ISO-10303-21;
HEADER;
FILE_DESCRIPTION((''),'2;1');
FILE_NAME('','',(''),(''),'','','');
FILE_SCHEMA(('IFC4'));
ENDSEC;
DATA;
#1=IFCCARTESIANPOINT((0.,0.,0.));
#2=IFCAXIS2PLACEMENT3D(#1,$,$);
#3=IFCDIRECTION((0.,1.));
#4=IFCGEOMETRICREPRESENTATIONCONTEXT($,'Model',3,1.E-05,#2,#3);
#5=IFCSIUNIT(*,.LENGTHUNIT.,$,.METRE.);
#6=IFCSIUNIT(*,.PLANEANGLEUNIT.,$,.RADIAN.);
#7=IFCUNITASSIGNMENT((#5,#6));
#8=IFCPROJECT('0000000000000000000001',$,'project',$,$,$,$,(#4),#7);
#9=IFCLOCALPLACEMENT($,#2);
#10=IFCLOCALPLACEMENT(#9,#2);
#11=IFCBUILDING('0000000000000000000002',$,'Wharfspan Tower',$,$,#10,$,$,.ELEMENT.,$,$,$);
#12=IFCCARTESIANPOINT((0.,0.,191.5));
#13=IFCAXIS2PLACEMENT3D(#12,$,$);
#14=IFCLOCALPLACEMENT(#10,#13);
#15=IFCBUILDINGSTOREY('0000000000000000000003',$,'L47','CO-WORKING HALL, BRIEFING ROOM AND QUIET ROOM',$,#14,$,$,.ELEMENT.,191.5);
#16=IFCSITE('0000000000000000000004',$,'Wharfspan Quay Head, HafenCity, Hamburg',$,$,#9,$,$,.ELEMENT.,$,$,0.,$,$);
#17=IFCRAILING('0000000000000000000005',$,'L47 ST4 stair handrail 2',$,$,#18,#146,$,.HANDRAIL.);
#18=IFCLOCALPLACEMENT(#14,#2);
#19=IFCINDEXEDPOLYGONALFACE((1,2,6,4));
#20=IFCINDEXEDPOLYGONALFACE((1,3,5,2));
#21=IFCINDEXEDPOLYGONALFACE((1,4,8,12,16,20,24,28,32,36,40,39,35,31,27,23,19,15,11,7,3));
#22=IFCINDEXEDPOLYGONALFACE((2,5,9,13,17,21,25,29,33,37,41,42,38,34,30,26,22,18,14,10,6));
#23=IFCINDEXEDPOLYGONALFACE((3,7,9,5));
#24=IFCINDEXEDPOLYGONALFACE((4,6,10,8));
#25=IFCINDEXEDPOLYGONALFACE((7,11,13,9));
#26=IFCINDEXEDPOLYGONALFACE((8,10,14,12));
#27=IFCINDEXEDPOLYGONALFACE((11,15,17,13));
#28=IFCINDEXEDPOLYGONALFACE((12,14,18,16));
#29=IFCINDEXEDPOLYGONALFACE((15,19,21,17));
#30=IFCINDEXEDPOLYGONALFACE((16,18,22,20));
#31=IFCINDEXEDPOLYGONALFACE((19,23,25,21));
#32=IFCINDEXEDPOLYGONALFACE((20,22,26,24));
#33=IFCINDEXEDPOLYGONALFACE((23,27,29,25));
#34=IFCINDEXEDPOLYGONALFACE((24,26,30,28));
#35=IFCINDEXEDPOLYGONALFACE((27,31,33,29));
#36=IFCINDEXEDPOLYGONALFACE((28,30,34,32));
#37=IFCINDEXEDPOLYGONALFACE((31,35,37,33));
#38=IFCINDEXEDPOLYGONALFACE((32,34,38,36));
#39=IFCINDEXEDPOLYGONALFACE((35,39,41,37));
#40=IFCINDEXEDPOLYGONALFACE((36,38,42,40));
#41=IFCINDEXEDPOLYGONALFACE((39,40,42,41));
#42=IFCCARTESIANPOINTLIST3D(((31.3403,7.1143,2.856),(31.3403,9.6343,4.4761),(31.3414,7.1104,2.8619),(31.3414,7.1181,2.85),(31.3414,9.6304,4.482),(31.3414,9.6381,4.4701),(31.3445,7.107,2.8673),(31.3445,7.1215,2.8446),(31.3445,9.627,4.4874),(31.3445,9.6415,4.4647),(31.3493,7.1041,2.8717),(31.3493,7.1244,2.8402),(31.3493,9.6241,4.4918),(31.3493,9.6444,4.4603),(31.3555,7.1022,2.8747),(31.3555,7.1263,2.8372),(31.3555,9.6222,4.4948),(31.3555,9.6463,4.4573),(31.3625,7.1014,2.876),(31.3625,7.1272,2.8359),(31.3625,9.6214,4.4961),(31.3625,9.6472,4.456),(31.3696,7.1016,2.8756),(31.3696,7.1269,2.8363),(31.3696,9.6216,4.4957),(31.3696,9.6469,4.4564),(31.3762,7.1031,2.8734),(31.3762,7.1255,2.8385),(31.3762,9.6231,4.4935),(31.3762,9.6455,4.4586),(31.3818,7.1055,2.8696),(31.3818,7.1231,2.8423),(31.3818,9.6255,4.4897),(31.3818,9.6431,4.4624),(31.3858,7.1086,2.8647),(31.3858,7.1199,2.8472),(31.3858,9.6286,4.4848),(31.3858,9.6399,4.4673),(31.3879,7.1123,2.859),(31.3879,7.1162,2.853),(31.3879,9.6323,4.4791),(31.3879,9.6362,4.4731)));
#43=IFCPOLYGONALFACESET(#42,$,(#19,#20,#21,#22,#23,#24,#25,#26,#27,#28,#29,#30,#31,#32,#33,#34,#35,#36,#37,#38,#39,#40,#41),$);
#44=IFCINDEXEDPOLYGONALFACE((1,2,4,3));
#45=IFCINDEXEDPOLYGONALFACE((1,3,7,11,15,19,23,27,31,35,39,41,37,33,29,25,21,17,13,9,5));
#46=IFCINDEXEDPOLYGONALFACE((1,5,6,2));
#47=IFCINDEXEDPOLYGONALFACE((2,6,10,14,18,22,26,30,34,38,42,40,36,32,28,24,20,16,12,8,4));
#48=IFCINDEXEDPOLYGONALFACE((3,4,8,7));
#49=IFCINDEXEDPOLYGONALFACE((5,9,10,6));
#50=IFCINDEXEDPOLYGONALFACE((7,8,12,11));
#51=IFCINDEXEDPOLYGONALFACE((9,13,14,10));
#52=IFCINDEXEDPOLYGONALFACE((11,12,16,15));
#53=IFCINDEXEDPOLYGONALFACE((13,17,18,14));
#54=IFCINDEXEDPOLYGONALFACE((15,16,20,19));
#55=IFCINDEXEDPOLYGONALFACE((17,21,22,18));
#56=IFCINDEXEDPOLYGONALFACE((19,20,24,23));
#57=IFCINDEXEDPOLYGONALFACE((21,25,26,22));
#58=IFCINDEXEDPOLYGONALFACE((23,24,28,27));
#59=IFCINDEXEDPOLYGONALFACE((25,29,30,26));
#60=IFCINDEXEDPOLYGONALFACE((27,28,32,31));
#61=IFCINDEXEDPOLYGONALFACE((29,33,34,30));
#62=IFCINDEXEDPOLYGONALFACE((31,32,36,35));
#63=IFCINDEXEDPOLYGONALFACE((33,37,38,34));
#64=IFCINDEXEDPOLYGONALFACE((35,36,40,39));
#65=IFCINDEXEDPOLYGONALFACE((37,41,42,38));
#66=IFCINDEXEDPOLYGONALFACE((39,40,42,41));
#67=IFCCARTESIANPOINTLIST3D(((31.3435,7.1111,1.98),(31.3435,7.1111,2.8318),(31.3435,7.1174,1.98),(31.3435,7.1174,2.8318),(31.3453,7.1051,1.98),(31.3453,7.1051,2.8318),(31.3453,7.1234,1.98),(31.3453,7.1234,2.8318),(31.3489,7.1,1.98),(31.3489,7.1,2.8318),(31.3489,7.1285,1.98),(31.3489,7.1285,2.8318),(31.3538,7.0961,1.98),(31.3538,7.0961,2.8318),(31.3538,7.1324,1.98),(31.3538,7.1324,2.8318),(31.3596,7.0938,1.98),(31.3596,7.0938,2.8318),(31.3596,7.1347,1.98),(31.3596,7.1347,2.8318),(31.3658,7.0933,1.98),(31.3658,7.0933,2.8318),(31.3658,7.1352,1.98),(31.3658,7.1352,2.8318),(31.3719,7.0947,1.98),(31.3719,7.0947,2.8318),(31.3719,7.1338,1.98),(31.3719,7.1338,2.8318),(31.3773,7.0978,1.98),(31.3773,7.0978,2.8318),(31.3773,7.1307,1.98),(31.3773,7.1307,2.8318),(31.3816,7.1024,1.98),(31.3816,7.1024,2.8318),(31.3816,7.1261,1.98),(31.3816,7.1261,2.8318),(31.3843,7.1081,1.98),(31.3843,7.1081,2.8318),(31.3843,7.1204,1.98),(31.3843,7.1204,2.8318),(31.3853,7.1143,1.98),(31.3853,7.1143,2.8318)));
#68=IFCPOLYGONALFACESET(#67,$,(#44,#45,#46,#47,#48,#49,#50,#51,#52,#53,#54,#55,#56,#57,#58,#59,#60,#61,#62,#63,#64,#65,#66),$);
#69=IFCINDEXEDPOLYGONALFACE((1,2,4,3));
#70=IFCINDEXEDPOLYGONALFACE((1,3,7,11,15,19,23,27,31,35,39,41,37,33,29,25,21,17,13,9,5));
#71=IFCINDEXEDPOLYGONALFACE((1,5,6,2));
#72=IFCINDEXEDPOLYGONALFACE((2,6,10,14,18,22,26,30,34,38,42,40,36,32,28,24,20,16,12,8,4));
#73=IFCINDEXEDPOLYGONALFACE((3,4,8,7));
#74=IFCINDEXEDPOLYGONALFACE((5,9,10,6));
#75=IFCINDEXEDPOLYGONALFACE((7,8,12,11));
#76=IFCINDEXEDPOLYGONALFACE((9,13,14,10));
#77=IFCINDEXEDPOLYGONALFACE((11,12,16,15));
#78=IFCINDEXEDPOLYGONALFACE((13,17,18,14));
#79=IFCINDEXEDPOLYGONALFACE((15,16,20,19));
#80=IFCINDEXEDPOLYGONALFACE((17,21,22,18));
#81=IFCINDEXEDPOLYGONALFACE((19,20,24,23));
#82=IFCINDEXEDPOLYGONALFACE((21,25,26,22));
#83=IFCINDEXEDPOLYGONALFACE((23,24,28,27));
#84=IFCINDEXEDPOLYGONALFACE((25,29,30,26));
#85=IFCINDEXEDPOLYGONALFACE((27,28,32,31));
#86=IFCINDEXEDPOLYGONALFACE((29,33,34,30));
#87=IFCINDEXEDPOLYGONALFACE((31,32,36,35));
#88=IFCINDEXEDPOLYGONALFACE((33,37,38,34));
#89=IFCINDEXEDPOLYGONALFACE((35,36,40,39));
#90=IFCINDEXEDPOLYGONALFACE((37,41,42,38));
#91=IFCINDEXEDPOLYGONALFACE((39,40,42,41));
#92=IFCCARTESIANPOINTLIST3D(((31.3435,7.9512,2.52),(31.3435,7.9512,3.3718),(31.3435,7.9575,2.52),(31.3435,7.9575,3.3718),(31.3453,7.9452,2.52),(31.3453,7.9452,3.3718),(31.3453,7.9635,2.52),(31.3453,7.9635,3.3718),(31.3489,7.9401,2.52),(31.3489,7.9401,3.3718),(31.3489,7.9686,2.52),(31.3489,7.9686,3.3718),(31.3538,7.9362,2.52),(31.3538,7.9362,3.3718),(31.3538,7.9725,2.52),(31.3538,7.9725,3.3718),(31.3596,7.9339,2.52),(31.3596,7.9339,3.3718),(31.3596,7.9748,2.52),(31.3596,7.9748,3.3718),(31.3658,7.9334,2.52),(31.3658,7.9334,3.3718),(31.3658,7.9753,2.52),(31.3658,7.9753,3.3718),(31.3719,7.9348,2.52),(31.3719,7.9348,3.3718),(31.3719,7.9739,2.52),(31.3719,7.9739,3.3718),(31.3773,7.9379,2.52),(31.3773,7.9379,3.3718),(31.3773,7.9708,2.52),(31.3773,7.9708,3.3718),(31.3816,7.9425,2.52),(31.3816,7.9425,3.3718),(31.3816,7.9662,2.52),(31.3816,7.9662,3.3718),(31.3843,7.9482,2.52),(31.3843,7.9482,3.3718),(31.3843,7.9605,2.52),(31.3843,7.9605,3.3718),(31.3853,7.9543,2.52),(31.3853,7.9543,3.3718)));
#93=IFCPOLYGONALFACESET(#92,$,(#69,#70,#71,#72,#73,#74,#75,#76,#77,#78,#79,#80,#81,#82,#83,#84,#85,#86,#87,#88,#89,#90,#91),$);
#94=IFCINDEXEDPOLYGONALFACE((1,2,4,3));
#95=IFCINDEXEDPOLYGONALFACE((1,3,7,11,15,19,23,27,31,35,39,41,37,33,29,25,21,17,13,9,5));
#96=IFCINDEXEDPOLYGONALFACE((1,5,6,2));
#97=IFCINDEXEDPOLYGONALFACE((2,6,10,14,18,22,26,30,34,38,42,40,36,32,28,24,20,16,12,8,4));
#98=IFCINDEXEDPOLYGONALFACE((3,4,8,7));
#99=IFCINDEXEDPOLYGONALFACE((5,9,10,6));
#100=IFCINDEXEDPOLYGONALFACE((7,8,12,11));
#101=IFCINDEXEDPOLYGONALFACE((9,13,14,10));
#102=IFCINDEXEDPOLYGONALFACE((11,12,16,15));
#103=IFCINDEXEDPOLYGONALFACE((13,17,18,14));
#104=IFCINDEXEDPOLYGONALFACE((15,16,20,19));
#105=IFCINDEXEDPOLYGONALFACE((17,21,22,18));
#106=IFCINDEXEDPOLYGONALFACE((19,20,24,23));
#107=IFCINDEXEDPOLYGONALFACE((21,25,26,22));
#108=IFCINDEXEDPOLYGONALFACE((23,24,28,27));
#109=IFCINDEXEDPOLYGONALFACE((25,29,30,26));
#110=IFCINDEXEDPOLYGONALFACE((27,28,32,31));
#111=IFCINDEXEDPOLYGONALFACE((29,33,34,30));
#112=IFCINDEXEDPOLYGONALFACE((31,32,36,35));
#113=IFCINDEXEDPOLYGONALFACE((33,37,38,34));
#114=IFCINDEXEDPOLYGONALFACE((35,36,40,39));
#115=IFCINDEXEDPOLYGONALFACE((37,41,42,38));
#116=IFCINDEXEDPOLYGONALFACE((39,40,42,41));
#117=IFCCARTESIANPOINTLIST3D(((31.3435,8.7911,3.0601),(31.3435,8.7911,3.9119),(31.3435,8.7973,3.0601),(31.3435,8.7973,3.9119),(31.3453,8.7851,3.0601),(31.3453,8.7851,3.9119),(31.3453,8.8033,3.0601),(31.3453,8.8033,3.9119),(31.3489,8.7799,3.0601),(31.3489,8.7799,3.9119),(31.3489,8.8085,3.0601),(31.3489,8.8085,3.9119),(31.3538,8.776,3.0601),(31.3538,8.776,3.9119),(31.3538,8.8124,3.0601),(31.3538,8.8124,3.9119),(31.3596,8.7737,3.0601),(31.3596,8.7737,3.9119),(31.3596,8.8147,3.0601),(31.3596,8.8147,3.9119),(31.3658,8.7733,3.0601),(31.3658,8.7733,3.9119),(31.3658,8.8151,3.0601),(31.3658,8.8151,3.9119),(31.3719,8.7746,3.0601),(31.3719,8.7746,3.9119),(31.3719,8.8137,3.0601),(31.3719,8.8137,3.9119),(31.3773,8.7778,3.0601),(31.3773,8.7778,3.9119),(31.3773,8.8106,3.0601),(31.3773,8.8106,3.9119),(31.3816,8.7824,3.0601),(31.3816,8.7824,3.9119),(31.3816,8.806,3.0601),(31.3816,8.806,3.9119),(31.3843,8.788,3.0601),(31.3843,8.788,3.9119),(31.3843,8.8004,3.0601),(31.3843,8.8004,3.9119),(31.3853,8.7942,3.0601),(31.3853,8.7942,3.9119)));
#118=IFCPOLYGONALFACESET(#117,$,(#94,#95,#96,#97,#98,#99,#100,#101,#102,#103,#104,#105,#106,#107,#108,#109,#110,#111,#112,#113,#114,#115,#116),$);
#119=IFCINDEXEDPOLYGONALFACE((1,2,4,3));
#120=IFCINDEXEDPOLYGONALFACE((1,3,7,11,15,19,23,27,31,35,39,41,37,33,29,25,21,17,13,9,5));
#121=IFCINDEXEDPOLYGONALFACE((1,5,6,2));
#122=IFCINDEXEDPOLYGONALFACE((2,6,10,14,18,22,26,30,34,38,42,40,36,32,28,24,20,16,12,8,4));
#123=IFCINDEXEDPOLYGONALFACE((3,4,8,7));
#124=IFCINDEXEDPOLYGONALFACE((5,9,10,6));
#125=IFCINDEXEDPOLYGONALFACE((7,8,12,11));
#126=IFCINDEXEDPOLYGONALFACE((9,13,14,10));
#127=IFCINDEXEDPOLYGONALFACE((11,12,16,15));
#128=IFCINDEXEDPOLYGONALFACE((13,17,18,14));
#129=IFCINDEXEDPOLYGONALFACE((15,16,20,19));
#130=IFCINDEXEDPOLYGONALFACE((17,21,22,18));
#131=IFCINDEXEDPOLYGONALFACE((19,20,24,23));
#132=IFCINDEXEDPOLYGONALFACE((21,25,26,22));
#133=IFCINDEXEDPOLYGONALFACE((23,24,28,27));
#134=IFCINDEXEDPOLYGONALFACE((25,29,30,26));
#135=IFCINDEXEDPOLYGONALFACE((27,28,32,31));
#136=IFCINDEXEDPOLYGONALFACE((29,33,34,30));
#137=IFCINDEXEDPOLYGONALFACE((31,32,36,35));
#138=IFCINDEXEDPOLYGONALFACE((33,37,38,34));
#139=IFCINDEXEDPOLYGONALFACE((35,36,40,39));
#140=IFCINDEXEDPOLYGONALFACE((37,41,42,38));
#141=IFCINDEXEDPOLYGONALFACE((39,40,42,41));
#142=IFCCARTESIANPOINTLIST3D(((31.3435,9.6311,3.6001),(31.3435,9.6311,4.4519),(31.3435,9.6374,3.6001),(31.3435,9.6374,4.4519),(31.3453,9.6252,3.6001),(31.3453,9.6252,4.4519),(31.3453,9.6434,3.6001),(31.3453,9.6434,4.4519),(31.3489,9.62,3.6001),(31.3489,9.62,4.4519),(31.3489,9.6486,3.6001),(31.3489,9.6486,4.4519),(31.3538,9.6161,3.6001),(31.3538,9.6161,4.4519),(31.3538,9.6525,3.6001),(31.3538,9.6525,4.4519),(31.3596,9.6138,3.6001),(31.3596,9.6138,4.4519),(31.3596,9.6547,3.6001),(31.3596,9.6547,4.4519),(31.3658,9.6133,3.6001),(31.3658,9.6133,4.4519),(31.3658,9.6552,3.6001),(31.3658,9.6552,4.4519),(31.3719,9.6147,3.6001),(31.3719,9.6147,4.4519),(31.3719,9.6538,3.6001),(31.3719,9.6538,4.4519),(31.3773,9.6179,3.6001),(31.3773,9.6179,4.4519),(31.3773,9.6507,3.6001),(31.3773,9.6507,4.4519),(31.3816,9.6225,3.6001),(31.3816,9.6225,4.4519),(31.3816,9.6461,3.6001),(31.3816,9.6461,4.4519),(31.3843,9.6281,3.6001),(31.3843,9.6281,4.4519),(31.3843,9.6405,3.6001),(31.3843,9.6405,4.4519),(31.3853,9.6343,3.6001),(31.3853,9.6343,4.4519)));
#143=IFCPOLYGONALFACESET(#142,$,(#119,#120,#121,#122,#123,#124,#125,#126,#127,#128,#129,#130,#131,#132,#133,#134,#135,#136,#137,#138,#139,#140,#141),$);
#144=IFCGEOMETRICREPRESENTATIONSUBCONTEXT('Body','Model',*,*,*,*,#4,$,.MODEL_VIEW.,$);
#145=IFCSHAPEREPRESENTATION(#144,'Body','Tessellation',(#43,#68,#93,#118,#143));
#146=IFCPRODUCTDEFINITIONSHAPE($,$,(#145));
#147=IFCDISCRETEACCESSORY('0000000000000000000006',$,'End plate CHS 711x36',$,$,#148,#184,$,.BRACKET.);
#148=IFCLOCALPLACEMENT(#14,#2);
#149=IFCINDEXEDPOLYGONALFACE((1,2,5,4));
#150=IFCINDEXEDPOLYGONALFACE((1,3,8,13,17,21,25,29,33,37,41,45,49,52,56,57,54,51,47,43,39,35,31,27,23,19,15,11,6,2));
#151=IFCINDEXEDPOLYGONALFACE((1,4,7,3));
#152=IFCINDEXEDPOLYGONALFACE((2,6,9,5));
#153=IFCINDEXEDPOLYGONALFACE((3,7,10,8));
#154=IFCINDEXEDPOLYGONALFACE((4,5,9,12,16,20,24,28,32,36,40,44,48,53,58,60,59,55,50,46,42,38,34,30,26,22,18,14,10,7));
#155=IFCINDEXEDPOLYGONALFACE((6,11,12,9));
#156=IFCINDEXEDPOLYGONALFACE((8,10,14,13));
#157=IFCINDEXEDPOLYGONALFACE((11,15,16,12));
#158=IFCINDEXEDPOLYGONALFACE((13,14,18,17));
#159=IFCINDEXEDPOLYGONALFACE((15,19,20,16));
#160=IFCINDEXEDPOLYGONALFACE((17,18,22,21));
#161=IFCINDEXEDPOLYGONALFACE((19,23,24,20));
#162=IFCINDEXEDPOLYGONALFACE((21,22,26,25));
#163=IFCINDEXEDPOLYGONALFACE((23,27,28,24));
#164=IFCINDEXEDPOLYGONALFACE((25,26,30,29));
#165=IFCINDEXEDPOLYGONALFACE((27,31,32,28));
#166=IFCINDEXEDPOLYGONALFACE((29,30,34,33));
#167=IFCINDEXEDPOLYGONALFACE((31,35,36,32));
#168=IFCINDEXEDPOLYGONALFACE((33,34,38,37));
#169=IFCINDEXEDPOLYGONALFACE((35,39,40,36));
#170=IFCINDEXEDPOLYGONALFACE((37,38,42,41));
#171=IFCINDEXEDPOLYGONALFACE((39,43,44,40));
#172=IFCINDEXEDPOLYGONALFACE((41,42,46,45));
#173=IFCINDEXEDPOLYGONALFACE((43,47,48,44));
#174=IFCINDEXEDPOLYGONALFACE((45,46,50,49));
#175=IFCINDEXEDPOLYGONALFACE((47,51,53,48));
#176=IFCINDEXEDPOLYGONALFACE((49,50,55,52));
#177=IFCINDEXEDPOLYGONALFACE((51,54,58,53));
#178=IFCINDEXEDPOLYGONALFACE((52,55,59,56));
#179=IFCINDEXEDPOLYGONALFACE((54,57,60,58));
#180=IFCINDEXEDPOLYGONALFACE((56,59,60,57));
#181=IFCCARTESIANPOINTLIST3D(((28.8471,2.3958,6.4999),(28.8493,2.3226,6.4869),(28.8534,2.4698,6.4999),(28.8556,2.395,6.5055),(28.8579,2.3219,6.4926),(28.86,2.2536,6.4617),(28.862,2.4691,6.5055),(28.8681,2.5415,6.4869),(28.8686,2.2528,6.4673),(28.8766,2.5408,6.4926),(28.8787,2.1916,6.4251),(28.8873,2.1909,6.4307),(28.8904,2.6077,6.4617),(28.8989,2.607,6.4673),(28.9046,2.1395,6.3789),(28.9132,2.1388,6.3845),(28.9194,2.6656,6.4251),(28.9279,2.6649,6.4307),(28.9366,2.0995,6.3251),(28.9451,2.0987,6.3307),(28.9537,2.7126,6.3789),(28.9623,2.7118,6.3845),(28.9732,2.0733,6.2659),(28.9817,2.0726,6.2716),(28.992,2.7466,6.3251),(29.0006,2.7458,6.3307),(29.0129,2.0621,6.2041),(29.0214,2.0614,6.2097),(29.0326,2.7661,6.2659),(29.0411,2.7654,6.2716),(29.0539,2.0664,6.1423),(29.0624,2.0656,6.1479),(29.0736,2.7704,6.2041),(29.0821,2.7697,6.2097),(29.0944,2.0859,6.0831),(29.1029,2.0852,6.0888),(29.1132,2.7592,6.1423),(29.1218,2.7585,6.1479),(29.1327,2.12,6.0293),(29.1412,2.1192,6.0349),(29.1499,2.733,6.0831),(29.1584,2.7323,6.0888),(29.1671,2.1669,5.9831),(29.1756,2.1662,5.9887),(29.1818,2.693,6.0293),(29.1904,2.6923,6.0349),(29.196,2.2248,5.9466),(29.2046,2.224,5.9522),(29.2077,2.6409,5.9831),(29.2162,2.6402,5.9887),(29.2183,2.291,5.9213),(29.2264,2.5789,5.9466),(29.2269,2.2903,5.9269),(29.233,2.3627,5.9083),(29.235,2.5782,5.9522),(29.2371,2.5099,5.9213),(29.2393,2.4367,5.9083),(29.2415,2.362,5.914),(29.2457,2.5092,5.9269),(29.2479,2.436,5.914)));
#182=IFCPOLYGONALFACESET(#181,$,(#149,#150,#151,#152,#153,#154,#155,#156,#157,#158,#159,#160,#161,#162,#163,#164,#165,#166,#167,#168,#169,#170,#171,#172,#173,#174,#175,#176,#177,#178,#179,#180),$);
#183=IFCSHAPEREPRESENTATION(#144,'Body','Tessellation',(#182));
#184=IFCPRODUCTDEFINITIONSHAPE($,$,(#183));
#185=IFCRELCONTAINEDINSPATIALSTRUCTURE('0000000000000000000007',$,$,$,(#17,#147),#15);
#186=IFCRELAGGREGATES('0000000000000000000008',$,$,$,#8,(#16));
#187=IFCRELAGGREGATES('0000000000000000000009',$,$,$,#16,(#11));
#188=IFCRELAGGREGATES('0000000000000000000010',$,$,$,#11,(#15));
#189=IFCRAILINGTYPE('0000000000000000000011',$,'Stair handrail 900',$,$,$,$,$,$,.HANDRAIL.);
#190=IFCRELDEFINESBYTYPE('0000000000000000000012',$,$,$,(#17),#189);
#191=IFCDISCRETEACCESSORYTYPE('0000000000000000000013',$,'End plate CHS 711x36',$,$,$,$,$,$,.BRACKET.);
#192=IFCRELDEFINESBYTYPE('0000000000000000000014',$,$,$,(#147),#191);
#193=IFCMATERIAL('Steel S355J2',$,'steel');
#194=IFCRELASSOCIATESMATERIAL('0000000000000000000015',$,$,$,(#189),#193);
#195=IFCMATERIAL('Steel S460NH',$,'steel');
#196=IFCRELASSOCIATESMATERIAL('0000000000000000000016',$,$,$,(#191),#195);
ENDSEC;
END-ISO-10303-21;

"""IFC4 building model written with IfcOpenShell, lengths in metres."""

from ifc_helpers import new_model, si_unit, direction, frame, origin, origin_2d, place, context, subcontext, project, spatial, circle, extrude, material, material_profile, profile_set, type_object, element, save


model = new_model("IFC4")

# Units and contexts
model_context = context("Model", 3, precision=1e-05, world=origin(), true_north=direction((0.0, 1.0)))
body_context = subcontext(model_context, "Body", "Model", "MODEL_VIEW")
ifc_project = project(units=[si_unit("LENGTHUNIT", "METRE"), si_unit("PLANEANGLEUNIT", "RADIAN")], contexts=[model_context])

# Site, building, storey
site_placement = place(None, origin())
site = spatial("IfcSite", under=ifc_project, at=site_placement, Name="Wharfspan Quay Head, HafenCity, Hamburg", CompositionType="ELEMENT", RefElevation=0.0)
building_placement = place(site_placement, origin())
building = spatial("IfcBuilding", under=site, at=building_placement, Name="Wharfspan Tower", CompositionType="ELEMENT")
storey_placement = place(building_placement, frame((0.0, 0.0, 191.5)))
storey = spatial("IfcBuildingStorey", under=building, at=storey_placement, Name="L47", Description="CO-WORKING HALL, BRIEFING ROOM AND QUIET ROOM", CompositionType="ELEMENT", Elevation=191.5)

# Shared definitions
ifc_material_1 = material(Name="Steel S355J2", Category="steel")

# Shared definitions
ifc_material_2 = material(Name="Steel S460NH", Category="steel")

# Railing
railing_type_1 = type_object("IfcRailingType", Name="Stair handrail 900", PredefinedType="HANDRAIL", material=ifc_material_1)
railing_1_placement = place(storey_placement, frame((31.3643, 7.1143, 1.98)))
element("IfcRailing", 1, at=railing_1_placement, inside=storey, type_object=railing_type_1, Name="L47 ST4 stair handrail 2", PredefinedType="HANDRAIL", context=body_context, shape_type="SweptSolid", body=[
    extrude(circle(Radius=0.0239, at=origin_2d()), frame((0.0, 0.0, 0.876), z_axis=(0.0, 0.841163, 0.540782), x_axis=(-1.0, 0.0, 0.0)), (0.0, 0.0, 1.0), 2.9958),
    extrude(circle(Radius=0.021, at=origin_2d()), origin(), (0.0, 0.0, 1.0), 0.8518),
    extrude(circle(Radius=0.021, at=origin_2d()), frame((0.0, 0.8401, 0.54)), (0.0, 0.0, 1.0), 0.8518),
    extrude(circle(Radius=0.021, at=origin_2d()), frame((0.0, 1.6799, 1.0801)), (0.0, 0.0, 1.0), 0.8518),
    extrude(circle(Radius=0.021, at=origin_2d()), frame((0.0, 2.52, 1.6201)), (0.0, 0.0, 1.0), 0.8518),
])

# Discrete accessory
ifc_material_profile_1 = material_profile(ifc_material_2, circle(Radius=0.3555, at=origin_2d()))
ifc_profile_set_1 = profile_set([ifc_material_profile_1], Name="Steel S460NH")
discrete_accessory_type = type_object("IfcDiscreteAccessoryType", Name="End plate CHS 711x36", PredefinedType="BRACKET", material=ifc_profile_set_1)
discrete_accessory_1_placement = place(storey_placement, frame((29.0432, 2.4163, 6.2041), z_axis=(0.83357, -0.071449, 0.547774), x_axis=(0.085401, 0.996343, 0.0)))
element("IfcDiscreteAccessory", 2, at=discrete_accessory_1_placement, inside=storey, type_object=discrete_accessory_type, Name="End plate CHS 711x36", PredefinedType="BRACKET", context=body_context, shape_type="SweptSolid", body=[
    extrude(circle(Radius=0.3555, at=origin_2d()), origin(), (0.0, 0.0, 1.0), 0.0103),
])

save(model, "model.ifc")
